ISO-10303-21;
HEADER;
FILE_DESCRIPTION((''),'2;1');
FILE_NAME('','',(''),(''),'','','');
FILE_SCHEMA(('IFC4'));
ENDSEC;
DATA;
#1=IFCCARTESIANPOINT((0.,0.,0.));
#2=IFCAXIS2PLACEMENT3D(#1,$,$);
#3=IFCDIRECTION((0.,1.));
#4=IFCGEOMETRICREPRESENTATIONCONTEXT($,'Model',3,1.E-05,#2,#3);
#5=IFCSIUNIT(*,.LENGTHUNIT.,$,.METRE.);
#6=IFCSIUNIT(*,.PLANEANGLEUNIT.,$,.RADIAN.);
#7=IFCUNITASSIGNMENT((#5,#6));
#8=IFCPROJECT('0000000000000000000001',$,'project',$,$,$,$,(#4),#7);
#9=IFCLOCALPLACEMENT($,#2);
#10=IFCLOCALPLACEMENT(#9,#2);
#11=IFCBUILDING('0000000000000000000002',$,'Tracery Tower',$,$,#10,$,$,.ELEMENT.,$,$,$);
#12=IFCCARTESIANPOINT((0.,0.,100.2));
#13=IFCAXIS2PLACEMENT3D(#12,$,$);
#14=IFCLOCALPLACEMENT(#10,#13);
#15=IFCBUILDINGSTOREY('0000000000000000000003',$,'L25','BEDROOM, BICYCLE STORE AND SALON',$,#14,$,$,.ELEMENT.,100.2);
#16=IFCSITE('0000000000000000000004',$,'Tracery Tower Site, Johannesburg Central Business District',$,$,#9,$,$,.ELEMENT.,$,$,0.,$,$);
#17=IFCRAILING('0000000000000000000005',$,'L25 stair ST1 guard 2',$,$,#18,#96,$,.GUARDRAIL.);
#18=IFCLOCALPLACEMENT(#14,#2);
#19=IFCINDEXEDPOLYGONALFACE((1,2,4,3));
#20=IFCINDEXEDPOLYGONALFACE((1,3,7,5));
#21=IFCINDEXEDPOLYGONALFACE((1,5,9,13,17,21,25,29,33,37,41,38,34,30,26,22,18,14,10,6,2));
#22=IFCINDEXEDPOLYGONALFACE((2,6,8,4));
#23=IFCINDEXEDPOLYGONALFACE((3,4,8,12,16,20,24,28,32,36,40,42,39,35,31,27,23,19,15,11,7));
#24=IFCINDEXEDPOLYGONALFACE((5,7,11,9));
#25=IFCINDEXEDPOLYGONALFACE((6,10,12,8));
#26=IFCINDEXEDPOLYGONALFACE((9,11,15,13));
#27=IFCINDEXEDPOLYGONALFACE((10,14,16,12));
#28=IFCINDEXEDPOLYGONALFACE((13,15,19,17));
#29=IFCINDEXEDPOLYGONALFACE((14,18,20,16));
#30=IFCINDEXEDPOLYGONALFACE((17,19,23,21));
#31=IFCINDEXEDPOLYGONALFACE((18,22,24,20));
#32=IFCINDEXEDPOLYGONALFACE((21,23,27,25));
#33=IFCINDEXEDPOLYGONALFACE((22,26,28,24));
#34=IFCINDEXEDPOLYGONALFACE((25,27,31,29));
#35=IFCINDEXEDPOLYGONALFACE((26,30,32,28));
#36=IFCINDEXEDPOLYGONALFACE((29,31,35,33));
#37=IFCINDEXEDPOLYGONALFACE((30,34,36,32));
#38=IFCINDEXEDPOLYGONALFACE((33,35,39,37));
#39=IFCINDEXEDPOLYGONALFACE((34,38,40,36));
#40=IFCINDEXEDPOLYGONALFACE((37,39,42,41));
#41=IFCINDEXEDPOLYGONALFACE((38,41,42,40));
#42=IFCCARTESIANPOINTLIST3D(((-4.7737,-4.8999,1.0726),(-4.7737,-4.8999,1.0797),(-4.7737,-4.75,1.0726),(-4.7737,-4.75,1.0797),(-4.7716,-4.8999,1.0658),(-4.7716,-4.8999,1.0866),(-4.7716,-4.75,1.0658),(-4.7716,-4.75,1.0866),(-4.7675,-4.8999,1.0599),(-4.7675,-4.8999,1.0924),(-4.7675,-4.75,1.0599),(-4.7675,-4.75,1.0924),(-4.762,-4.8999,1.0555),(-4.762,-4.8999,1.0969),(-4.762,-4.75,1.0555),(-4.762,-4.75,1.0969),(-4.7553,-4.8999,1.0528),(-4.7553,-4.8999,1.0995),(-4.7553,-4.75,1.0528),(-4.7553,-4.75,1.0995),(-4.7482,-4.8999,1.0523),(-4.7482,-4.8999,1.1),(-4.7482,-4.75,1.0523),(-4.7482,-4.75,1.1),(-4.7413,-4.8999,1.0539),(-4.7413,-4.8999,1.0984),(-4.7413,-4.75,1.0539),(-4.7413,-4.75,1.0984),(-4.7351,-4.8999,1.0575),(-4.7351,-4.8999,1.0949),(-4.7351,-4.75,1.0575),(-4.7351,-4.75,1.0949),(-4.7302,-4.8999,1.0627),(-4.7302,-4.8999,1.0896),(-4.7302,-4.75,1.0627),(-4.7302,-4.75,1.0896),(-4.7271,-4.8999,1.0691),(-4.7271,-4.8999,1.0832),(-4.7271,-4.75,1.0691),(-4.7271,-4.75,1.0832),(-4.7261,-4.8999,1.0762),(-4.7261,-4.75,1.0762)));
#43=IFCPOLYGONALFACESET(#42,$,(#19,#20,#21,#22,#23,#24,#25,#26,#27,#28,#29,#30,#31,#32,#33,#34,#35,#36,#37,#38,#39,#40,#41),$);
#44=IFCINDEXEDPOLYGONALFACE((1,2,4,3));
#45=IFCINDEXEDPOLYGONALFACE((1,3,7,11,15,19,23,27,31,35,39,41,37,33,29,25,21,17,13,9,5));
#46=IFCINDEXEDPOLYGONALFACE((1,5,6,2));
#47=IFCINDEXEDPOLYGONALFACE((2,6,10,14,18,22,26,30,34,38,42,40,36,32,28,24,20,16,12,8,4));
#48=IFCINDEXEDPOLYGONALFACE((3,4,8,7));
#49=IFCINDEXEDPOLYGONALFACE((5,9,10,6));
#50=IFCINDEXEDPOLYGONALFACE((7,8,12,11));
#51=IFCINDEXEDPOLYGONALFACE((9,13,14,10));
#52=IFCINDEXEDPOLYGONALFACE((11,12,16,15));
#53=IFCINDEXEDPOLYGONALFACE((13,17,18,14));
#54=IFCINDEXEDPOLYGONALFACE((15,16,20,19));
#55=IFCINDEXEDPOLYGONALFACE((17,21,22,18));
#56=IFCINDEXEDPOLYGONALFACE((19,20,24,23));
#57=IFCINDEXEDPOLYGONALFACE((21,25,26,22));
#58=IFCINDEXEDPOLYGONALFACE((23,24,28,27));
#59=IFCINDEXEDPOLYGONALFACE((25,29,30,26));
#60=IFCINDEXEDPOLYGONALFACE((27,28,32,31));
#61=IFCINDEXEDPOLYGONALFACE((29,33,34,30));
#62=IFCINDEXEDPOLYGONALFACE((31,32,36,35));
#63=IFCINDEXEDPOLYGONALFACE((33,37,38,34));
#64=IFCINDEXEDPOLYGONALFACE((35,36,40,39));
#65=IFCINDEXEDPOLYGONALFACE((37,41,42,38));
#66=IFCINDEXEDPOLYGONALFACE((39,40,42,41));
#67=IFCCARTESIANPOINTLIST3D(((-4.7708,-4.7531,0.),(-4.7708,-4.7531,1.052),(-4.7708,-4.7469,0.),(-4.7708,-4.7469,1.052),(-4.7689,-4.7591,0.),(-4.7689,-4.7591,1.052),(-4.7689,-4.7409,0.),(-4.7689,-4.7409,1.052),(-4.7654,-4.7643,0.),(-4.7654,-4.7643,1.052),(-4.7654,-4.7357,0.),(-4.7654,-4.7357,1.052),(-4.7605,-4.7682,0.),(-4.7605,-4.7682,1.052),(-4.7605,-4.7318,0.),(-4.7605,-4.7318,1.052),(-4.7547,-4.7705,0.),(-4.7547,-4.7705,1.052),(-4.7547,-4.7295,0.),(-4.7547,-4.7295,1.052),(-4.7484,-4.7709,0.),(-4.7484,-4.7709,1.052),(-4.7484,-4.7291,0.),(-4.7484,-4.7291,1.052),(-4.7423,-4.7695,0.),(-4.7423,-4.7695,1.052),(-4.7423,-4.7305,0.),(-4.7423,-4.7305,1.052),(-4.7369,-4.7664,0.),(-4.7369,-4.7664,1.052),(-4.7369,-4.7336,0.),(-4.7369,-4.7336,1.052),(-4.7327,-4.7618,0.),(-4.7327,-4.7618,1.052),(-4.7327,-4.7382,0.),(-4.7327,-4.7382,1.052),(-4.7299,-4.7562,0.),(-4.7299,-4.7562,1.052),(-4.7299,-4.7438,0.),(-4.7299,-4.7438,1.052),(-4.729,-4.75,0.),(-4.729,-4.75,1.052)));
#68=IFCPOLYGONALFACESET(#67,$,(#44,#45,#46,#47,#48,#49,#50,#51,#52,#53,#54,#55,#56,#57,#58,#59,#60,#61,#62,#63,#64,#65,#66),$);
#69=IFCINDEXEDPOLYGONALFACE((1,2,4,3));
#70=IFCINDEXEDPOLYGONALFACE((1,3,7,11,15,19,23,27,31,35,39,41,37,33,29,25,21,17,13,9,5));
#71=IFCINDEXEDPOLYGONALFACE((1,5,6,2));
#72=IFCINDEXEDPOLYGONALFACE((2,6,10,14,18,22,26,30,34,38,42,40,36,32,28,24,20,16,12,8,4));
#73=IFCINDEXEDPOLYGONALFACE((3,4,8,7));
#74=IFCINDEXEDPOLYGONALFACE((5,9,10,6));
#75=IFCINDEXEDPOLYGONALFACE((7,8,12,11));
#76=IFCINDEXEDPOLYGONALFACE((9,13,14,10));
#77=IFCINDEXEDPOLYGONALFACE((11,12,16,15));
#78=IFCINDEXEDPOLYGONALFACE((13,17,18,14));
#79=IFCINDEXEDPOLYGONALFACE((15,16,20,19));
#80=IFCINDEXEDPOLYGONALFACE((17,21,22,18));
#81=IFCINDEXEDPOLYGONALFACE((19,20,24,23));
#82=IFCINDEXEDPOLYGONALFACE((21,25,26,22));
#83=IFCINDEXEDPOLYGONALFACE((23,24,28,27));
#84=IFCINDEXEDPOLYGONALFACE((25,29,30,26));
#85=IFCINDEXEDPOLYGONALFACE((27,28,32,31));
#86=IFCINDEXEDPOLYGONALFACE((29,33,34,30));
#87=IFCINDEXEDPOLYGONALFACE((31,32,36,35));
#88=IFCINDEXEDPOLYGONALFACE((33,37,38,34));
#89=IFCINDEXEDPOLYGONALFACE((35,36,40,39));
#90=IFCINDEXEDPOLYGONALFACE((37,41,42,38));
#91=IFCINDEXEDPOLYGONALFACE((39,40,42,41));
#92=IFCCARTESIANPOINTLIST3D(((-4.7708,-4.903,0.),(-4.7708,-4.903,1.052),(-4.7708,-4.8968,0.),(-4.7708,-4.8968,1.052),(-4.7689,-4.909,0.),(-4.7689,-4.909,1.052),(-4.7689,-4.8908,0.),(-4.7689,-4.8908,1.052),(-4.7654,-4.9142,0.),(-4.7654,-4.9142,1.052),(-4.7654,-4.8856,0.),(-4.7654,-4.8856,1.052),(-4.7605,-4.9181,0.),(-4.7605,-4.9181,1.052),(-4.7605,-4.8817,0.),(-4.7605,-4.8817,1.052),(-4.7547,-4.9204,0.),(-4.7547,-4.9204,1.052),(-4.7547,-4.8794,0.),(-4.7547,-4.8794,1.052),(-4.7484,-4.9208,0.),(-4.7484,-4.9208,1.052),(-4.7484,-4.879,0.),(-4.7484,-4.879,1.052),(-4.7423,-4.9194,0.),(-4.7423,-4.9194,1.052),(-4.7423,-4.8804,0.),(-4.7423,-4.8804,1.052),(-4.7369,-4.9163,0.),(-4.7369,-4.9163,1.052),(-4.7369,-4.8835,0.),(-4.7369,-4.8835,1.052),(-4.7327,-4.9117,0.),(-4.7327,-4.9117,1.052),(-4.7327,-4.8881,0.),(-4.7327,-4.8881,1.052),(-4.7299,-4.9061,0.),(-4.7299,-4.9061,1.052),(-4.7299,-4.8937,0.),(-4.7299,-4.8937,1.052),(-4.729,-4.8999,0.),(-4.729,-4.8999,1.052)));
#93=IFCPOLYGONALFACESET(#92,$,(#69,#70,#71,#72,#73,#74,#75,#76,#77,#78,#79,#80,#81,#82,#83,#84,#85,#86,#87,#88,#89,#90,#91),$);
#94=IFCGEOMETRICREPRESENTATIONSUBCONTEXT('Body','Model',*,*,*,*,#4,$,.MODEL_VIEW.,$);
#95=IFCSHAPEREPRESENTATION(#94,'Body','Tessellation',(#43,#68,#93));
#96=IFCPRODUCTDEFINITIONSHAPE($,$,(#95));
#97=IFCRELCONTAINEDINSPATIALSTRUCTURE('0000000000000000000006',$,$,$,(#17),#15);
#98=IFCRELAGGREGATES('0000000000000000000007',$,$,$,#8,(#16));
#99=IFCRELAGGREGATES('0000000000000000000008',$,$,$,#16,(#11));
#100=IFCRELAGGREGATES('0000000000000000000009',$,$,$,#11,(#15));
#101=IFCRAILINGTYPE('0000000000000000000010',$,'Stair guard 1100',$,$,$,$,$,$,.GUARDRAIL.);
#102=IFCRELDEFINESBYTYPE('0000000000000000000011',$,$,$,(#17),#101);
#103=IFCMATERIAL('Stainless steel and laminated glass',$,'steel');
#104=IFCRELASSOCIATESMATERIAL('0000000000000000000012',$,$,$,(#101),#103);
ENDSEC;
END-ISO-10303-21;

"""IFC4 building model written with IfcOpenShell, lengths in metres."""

from ifc_helpers import new_model, si_unit, direction, frame, origin, origin_2d, place, context, subcontext, project, spatial, circle, extrude, material, type_object, element, save


model = new_model("IFC4")

# Units and contexts
model_context = context("Model", 3, precision=1e-05, world=origin(), true_north=direction((0.0, 1.0)))
body_context = subcontext(model_context, "Body", "Model", "MODEL_VIEW")
ifc_project = project(units=[si_unit("LENGTHUNIT", "METRE"), si_unit("PLANEANGLEUNIT", "RADIAN")], contexts=[model_context])

# Site, building, storey
site_placement = place(None, origin())
site = spatial("IfcSite", under=ifc_project, at=site_placement, Name="Tracery Tower Site, Johannesburg Central Business District", CompositionType="ELEMENT", RefElevation=0.0)
building_placement = place(site_placement, origin())
building = spatial("IfcBuilding", under=site, at=building_placement, Name="Tracery Tower", CompositionType="ELEMENT")
storey_placement = place(building_placement, frame((0.0, 0.0, 100.2)))
storey = spatial("IfcBuildingStorey", under=building, at=storey_placement, Name="L25", Description="BEDROOM, BICYCLE STORE AND SALON", CompositionType="ELEMENT", Elevation=100.2)

# Railing
ifc_material_1 = material(Name="Stainless steel and laminated glass", Category="steel")
railing_type_1 = type_object("IfcRailingType", Name="Stair guard 1100", PredefinedType="GUARDRAIL", material=ifc_material_1)
railing_1_placement = place(storey_placement, frame((-4.75, -4.75, 0.0)))
element("IfcRailing", 1, at=railing_1_placement, inside=storey, type_object=railing_type_1, Name="L25 stair ST1 guard 2", PredefinedType="GUARDRAIL", context=body_context, shape_type="SweptSolid", body=[
    extrude(circle(Radius=0.0239, at=origin_2d()), frame((0.0, 0.0, 1.0762), z_axis=(0.0, -1.0, 0.0), x_axis=(1.0, 0.0, 0.0)), (0.0, 0.0, 1.0), 0.1499),
    extrude(circle(Radius=0.021, at=origin_2d()), origin(), (0.0, 0.0, 1.0), 1.052),
    extrude(circle(Radius=0.021, at=origin_2d()), frame((0.0, -0.1499, 0.0)), (0.0, 0.0, 1.0), 1.052),
])

save(model, "model.ifc")
